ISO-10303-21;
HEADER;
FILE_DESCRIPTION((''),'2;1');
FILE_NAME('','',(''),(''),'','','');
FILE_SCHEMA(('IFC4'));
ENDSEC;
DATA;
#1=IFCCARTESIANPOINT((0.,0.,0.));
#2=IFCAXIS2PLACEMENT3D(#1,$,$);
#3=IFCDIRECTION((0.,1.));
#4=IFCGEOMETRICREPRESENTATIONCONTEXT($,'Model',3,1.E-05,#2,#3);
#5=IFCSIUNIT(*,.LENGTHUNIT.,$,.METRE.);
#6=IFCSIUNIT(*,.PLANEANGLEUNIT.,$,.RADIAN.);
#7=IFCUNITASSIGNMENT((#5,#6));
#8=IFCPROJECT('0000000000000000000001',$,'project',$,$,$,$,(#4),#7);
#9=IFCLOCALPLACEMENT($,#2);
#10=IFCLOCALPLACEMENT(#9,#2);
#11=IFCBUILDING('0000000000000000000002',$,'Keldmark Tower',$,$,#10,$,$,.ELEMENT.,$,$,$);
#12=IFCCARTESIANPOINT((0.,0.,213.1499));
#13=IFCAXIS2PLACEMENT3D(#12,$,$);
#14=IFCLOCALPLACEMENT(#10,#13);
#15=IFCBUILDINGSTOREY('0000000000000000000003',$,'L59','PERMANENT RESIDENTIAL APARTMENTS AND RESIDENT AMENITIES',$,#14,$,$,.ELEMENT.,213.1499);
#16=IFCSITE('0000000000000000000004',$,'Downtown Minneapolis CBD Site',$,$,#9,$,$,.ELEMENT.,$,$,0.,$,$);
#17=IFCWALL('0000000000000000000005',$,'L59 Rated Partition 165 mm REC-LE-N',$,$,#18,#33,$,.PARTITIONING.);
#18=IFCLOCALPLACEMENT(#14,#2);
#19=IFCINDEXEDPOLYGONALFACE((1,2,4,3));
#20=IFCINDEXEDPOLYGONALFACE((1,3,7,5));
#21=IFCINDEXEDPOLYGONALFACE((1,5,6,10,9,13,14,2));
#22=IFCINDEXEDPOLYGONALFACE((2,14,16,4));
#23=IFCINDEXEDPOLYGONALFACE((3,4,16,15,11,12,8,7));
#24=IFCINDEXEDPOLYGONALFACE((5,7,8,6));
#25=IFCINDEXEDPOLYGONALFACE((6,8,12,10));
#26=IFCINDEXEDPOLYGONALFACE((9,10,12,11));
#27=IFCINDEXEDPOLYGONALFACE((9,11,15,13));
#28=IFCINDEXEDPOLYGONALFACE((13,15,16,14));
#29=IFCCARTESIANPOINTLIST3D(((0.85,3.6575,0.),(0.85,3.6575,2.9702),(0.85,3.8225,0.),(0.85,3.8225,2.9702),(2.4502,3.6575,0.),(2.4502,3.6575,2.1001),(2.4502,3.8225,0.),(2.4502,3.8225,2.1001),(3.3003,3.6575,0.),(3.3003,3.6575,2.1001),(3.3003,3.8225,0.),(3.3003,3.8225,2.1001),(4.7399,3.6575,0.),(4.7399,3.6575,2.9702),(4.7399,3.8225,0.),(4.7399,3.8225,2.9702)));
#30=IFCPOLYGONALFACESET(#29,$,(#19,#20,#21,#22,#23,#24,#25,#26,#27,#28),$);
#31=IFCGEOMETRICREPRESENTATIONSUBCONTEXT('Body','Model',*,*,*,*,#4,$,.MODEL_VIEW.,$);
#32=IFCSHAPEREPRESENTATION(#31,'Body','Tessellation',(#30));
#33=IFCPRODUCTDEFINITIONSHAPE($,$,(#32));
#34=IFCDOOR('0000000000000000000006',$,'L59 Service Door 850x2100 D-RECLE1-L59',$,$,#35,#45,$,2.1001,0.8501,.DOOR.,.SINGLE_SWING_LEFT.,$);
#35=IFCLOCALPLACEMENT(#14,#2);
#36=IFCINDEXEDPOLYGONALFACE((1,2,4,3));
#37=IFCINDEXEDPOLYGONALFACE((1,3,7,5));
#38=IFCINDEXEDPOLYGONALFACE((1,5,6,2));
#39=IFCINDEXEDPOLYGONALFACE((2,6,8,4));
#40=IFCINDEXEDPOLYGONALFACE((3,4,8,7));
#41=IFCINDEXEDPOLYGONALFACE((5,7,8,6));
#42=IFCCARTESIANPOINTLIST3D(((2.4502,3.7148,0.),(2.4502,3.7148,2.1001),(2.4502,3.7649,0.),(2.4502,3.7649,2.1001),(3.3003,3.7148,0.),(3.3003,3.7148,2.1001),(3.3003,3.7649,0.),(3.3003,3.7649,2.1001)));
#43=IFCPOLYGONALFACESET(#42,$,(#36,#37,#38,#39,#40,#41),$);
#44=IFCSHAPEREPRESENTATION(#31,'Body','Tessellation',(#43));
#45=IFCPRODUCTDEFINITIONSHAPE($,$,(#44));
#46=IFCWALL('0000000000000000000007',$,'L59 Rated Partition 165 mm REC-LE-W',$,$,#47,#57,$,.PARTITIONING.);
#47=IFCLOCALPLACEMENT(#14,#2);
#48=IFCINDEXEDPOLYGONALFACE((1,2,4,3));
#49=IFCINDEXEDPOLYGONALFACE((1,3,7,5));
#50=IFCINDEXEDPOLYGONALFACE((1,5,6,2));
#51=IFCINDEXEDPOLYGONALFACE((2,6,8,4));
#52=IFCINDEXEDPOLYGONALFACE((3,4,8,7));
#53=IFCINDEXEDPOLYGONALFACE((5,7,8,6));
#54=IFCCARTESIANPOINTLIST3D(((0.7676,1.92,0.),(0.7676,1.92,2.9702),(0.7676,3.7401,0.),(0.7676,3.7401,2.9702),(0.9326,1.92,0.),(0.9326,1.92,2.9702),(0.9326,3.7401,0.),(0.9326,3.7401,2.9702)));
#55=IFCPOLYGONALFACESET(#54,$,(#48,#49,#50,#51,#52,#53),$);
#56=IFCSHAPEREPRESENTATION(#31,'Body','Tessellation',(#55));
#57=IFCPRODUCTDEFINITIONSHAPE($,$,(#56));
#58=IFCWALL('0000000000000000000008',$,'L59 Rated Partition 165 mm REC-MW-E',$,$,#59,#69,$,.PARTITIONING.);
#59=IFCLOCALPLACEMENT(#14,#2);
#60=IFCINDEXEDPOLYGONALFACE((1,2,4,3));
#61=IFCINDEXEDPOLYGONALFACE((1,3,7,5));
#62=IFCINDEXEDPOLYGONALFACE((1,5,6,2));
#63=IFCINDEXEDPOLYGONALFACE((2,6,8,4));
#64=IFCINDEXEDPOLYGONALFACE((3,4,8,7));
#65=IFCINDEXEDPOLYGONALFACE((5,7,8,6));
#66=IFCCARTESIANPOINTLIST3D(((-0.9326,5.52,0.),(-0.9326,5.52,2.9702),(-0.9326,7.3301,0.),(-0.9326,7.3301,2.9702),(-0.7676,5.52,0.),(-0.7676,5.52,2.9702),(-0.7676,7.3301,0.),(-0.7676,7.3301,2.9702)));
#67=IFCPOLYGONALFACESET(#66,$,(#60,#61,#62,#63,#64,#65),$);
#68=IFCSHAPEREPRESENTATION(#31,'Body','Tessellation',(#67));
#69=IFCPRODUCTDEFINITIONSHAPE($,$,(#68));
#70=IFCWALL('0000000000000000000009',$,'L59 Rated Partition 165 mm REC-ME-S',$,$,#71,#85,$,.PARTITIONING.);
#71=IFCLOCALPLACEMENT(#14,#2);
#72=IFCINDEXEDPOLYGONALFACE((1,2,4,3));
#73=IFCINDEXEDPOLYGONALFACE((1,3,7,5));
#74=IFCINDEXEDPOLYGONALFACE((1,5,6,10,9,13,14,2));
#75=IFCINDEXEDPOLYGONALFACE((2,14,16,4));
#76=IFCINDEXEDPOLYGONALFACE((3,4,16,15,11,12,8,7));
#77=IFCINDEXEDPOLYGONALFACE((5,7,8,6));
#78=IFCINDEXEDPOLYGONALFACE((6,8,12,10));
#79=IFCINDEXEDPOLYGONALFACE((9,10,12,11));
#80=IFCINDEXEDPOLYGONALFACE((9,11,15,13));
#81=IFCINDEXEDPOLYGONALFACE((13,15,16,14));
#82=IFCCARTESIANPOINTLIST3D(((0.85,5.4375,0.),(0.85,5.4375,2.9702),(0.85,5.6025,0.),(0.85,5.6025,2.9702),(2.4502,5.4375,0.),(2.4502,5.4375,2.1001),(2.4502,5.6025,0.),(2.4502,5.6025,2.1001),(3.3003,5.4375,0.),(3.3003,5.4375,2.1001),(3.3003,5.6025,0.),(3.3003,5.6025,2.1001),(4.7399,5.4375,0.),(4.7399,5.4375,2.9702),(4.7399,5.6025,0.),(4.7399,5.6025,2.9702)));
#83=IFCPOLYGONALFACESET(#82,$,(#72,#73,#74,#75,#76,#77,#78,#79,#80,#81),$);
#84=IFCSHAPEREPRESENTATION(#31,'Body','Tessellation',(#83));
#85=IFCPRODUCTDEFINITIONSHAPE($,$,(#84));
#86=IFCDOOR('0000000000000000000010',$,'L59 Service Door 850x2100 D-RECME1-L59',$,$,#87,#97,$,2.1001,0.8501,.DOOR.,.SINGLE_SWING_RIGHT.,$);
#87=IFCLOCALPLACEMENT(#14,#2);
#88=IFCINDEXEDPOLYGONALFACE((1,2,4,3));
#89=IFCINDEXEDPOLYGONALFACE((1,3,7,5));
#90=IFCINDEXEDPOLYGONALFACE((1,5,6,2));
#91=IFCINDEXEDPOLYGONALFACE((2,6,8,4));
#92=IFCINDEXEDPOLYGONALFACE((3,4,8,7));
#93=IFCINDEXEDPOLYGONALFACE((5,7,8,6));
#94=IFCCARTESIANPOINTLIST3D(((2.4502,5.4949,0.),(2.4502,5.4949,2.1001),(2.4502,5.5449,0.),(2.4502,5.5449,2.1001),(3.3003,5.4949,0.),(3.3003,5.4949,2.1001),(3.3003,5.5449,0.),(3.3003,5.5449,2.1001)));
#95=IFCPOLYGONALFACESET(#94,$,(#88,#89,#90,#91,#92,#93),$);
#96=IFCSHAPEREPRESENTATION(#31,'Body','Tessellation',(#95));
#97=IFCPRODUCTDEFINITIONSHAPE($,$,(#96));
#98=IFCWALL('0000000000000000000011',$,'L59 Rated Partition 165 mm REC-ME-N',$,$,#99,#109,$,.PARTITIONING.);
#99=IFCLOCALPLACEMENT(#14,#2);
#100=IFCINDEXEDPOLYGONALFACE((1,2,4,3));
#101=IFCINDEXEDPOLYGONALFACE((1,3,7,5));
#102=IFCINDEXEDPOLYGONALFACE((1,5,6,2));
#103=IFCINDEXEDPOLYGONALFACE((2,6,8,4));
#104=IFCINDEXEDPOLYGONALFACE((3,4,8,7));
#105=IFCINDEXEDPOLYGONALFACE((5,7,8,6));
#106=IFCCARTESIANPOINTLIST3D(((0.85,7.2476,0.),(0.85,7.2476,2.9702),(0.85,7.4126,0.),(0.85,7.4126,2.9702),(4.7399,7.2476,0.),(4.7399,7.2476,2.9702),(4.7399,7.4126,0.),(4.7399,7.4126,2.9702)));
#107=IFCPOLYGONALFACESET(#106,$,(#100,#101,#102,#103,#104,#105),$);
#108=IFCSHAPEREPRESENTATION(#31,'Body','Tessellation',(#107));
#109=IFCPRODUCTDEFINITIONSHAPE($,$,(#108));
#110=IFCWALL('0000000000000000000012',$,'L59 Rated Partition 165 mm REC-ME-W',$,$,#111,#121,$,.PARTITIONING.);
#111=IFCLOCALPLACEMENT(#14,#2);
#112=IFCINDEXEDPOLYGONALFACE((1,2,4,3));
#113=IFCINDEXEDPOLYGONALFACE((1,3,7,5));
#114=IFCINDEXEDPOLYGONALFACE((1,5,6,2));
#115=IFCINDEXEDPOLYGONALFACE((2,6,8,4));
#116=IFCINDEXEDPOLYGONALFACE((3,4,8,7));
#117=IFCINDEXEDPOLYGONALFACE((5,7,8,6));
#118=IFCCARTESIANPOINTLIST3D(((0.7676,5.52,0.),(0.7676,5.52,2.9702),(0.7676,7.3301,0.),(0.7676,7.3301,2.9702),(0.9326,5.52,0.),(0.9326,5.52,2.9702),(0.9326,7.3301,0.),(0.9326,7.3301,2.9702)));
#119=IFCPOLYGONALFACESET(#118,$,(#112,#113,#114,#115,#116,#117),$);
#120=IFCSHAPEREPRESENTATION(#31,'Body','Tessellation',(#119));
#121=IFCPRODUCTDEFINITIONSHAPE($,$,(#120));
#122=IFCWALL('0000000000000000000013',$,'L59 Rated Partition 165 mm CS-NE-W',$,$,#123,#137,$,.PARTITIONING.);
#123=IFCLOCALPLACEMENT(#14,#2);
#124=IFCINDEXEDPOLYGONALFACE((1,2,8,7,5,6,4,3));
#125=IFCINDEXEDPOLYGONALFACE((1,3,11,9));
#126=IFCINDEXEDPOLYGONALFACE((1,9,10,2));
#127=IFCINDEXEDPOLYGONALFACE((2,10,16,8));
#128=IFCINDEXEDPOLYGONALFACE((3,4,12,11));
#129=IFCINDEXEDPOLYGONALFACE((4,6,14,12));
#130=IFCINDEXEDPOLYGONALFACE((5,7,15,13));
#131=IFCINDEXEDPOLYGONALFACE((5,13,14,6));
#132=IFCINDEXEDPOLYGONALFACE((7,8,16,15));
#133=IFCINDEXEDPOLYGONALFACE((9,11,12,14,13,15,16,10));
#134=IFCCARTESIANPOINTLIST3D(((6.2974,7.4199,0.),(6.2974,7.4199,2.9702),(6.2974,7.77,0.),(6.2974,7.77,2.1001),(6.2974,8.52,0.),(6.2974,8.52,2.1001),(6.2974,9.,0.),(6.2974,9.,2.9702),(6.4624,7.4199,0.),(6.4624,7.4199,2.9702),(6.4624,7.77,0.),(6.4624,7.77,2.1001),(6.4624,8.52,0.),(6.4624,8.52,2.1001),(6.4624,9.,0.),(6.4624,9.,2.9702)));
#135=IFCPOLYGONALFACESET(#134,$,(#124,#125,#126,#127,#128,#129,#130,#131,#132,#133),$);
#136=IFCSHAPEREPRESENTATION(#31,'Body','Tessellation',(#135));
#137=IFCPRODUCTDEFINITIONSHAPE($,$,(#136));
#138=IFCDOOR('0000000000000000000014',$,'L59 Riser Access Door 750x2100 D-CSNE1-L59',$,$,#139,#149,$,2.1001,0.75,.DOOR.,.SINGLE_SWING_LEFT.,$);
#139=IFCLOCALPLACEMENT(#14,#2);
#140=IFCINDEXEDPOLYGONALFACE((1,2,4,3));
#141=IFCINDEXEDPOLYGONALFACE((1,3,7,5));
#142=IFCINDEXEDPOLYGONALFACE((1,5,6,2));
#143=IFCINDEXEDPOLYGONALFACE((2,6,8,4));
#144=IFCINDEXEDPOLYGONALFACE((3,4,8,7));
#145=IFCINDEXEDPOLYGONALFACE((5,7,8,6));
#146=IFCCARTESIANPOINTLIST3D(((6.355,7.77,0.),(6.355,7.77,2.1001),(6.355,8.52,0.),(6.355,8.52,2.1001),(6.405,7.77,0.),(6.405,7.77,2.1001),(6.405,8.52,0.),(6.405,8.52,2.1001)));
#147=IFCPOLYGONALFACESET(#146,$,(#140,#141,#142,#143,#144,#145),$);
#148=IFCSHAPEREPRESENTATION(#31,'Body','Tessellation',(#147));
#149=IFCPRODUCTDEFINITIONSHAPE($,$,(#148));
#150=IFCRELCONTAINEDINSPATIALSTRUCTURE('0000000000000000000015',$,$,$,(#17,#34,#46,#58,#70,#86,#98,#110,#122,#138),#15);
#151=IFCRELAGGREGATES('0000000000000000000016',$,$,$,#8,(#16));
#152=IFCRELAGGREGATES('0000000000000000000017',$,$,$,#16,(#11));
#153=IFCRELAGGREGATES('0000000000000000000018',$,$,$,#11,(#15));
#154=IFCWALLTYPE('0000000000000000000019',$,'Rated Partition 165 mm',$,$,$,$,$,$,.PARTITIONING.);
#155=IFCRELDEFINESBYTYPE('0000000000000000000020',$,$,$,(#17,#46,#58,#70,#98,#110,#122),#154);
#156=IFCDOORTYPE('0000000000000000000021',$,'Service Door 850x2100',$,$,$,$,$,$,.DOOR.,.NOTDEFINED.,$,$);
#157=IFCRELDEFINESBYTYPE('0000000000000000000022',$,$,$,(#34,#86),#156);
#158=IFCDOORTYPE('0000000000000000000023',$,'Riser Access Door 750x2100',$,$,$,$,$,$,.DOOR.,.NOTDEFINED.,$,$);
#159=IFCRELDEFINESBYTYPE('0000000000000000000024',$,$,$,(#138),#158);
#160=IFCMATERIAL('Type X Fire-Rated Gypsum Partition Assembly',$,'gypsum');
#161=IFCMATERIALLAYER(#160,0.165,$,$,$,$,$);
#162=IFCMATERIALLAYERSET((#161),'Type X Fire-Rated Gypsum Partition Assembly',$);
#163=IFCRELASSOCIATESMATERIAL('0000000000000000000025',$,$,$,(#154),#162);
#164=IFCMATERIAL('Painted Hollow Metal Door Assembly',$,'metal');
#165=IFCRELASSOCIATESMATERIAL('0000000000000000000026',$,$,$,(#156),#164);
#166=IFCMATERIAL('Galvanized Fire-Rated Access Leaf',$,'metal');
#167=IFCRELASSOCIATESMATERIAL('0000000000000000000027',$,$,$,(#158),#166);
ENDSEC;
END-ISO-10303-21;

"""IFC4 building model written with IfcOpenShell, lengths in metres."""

from ifc_helpers import new_model, si_unit, direction, frame, frame_2d, origin, place, context, subcontext, project, spatial, rectangle, extrude, material, layer, layer_set, type_object, element, fill, save


model = new_model("IFC4")

# Units and contexts
model_context = context("Model", 3, precision=1e-05, world=origin(), true_north=direction((0.0, 1.0)))
body_context = subcontext(model_context, "Body", "Model", "MODEL_VIEW")
ifc_project = project(units=[si_unit("LENGTHUNIT", "METRE"), si_unit("PLANEANGLEUNIT", "RADIAN")], contexts=[model_context])

# Site, building, storey
site_placement = place(None, origin())
site = spatial("IfcSite", under=ifc_project, at=site_placement, Name="Downtown Minneapolis CBD Site", CompositionType="ELEMENT", RefElevation=0.0)
building_placement = place(site_placement, origin())
building = spatial("IfcBuilding", under=site, at=building_placement, Name="Keldmark Tower", CompositionType="ELEMENT")
storey_placement = place(building_placement, frame((0.0, 0.0, 213.1499)))
storey = spatial("IfcBuildingStorey", under=building, at=storey_placement, Name="L59", Description="PERMANENT RESIDENTIAL APARTMENTS AND RESIDENT AMENITIES", CompositionType="ELEMENT", Elevation=213.1499)

# Shared definitions
ifc_material_1 = material(Name="Type X Fire-Rated Gypsum Partition Assembly", Category="gypsum")
ifc_layer_1 = layer(ifc_material_1, 0.165)
ifc_layer_set_1 = layer_set([ifc_layer_1], Name="Type X Fire-Rated Gypsum Partition Assembly")
wall_type_1 = type_object("IfcWallType", Name="Rated Partition 165 mm", PredefinedType="PARTITIONING", material=ifc_layer_set_1)

# Wall, opening, door
wall_1_placement = place(storey_placement, frame((0.8501, 3.74, 0.0), z_axis=(0.0, 0.0, 1.0), x_axis=(1.0, 0.0, 0.0)))
wall_1 = element("IfcWall", 1, at=wall_1_placement, inside=storey, type_object=wall_type_1, Name="L59 Rated Partition 165 mm REC-LE-N", PredefinedType="PARTITIONING", context=body_context, shape_type="SweptSolid", body=[
    extrude(rectangle(XDim=3.8899, YDim=0.165, at=frame_2d((1.9448, 0.0))), origin(), (0.0, 0.0, 1.0), 2.9702),
])
opening_1_placement = place(wall_1_placement, frame((1.6001, 0.0, 0.0)))
opening_1 = element("IfcOpeningElement", 2, at=opening_1_placement, cuts=wall_1, PredefinedType="OPENING", context=body_context, shape_type="SweptSolid", body=[
    extrude(rectangle(XDim=0.8501, YDim=2.1001, at=frame_2d((0.425, 1.05))), frame((0.0, 0.0925, 0.0), z_axis=(0.0, -1.0, 0.0), x_axis=(1.0, 0.0, 0.0)), (0.0, 0.0, 1.0), 0.1851),
])
ifc_material_2 = material(Name="Painted Hollow Metal Door Assembly", Category="metal")
door_type_1 = type_object("IfcDoorType", Name="Service Door 850x2100", OperationType="NOTDEFINED", PredefinedType="DOOR", material=ifc_material_2)
door_1_placement = place(opening_1_placement, origin())
door_1 = element("IfcDoor", 3, at=door_1_placement, inside=storey, type_object=door_type_1, Name="L59 Service Door 850x2100 D-RECLE1-L59", OperationType="SINGLE_SWING_LEFT", OverallHeight=2.1001, OverallWidth=0.8501, PredefinedType="DOOR", context=body_context, shape_type="SweptSolid", body=[
    extrude(rectangle(XDim=0.8501, YDim=2.1001, at=frame_2d((0.425, 1.05))), frame((0.0, 0.0249, 0.0), z_axis=(0.0, -1.0, 0.0), x_axis=(1.0, 0.0, 0.0)), (0.0, 0.0, 1.0), 0.05),
])
fill(opening_1, door_1)

# Walls
wall_2_placement = place(storey_placement, frame((0.8501, 1.9199, 0.0), z_axis=(0.0, 0.0, 1.0), x_axis=(0.0, 1.0, 0.0)))
element("IfcWall", 4, at=wall_2_placement, inside=storey, type_object=wall_type_1, Name="L59 Rated Partition 165 mm REC-LE-W", PredefinedType="PARTITIONING", context=body_context, shape_type="SweptSolid", body=[
    extrude(rectangle(XDim=1.8201, YDim=0.165, at=frame_2d((0.9102, 0.0))), origin(), (0.0, 0.0, 1.0), 2.9702),
])
wall_3_placement = place(storey_placement, frame((-0.8501, 5.52, 0.0), z_axis=(0.0, 0.0, 1.0), x_axis=(0.0, 1.0, 0.0)))
element("IfcWall", 5, at=wall_3_placement, inside=storey, type_object=wall_type_1, Name="L59 Rated Partition 165 mm REC-MW-E", PredefinedType="PARTITIONING", context=body_context, shape_type="SweptSolid", body=[
    extrude(rectangle(XDim=1.8101, YDim=0.165, at=frame_2d((0.905, 0.0))), origin(), (0.0, 0.0, 1.0), 2.9702),
])

# Wall, opening, door
wall_4_placement = place(storey_placement, frame((0.8501, 5.52, 0.0), z_axis=(0.0, 0.0, 1.0), x_axis=(1.0, 0.0, 0.0)))
wall_4 = element("IfcWall", 6, at=wall_4_placement, inside=storey, type_object=wall_type_1, Name="L59 Rated Partition 165 mm REC-ME-S", PredefinedType="PARTITIONING", context=body_context, shape_type="SweptSolid", body=[
    extrude(rectangle(XDim=3.8899, YDim=0.165, at=frame_2d((1.9448, 0.0))), origin(), (0.0, 0.0, 1.0), 2.9702),
])
opening_2_placement = place(wall_4_placement, frame((1.6001, 0.0, 0.0)))
opening_2 = element("IfcOpeningElement", 7, at=opening_2_placement, cuts=wall_4, PredefinedType="OPENING", context=body_context, shape_type="SweptSolid", body=[
    extrude(rectangle(XDim=0.8501, YDim=2.1001, at=frame_2d((0.425, 1.05))), frame((0.0, 0.0925, 0.0), z_axis=(0.0, -1.0, 0.0), x_axis=(1.0, 0.0, 0.0)), (0.0, 0.0, 1.0), 0.1851),
])
door_2_placement = place(opening_2_placement, origin())
door_2 = element("IfcDoor", 8, at=door_2_placement, inside=storey, type_object=door_type_1, Name="L59 Service Door 850x2100 D-RECME1-L59", OperationType="SINGLE_SWING_RIGHT", OverallHeight=2.1001, OverallWidth=0.8501, PredefinedType="DOOR", context=body_context, shape_type="SweptSolid", body=[
    extrude(rectangle(XDim=0.8501, YDim=2.1001, at=frame_2d((0.425, 1.05))), frame((0.0, 0.0249, 0.0), z_axis=(0.0, -1.0, 0.0), x_axis=(1.0, 0.0, 0.0)), (0.0, 0.0, 1.0), 0.05),
])
fill(opening_2, door_2)

# Walls
wall_5_placement = place(storey_placement, frame((0.8501, 7.3301, 0.0), z_axis=(0.0, 0.0, 1.0), x_axis=(1.0, 0.0, 0.0)))
element("IfcWall", 9, at=wall_5_placement, inside=storey, type_object=wall_type_1, Name="L59 Rated Partition 165 mm REC-ME-N", PredefinedType="PARTITIONING", context=body_context, shape_type="SweptSolid", body=[
    extrude(rectangle(XDim=3.8899, YDim=0.165, at=frame_2d((1.9448, 0.0))), origin(), (0.0, 0.0, 1.0), 2.9702),
])
wall_6_placement = place(storey_placement, frame((0.8501, 5.52, 0.0), z_axis=(0.0, 0.0, 1.0), x_axis=(0.0, 1.0, 0.0)))
element("IfcWall", 10, at=wall_6_placement, inside=storey, type_object=wall_type_1, Name="L59 Rated Partition 165 mm REC-ME-W", PredefinedType="PARTITIONING", context=body_context, shape_type="SweptSolid", body=[
    extrude(rectangle(XDim=1.8101, YDim=0.165, at=frame_2d((0.905, 0.0))), origin(), (0.0, 0.0, 1.0), 2.9702),
])

# Wall, opening, door
wall_7_placement = place(storey_placement, frame((6.3799, 7.4199, 0.0), z_axis=(0.0, 0.0, 1.0), x_axis=(0.0, 1.0, 0.0)))
wall_7 = element("IfcWall", 11, at=wall_7_placement, inside=storey, type_object=wall_type_1, Name="L59 Rated Partition 165 mm CS-NE-W", PredefinedType="PARTITIONING", context=body_context, shape_type="SweptSolid", body=[
    extrude(rectangle(XDim=1.5801, YDim=0.165, at=frame_2d((0.79, 0.0))), origin(), (0.0, 0.0, 1.0), 2.9702),
])
opening_3_placement = place(wall_7_placement, frame((0.3501, 0.0, 0.0)))
opening_3 = element("IfcOpeningElement", 12, at=opening_3_placement, cuts=wall_7, PredefinedType="OPENING", context=body_context, shape_type="SweptSolid", body=[
    extrude(rectangle(XDim=0.75, YDim=2.1001, at=frame_2d((0.375, 1.05))), frame((0.0, 0.0925, 0.0), z_axis=(0.0, -1.0, 0.0), x_axis=(1.0, 0.0, 0.0)), (0.0, 0.0, 1.0), 0.1851),
])
ifc_material_3 = material(Name="Galvanized Fire-Rated Access Leaf", Category="metal")
door_type_2 = type_object("IfcDoorType", Name="Riser Access Door 750x2100", OperationType="NOTDEFINED", PredefinedType="DOOR", material=ifc_material_3)
door_3_placement = place(opening_3_placement, origin())
door_3 = element("IfcDoor", 13, at=door_3_placement, inside=storey, type_object=door_type_2, Name="L59 Riser Access Door 750x2100 D-CSNE1-L59", OperationType="SINGLE_SWING_LEFT", OverallHeight=2.1001, OverallWidth=0.75, PredefinedType="DOOR", context=body_context, shape_type="SweptSolid", body=[
    extrude(rectangle(XDim=0.75, YDim=2.1001, at=frame_2d((0.375, 1.05))), frame((0.0, 0.0249, 0.0), z_axis=(0.0, -1.0, 0.0), x_axis=(1.0, 0.0, 0.0)), (0.0, 0.0, 1.0), 0.05),
])
fill(opening_3, door_3)

save(model, "model.ifc")
